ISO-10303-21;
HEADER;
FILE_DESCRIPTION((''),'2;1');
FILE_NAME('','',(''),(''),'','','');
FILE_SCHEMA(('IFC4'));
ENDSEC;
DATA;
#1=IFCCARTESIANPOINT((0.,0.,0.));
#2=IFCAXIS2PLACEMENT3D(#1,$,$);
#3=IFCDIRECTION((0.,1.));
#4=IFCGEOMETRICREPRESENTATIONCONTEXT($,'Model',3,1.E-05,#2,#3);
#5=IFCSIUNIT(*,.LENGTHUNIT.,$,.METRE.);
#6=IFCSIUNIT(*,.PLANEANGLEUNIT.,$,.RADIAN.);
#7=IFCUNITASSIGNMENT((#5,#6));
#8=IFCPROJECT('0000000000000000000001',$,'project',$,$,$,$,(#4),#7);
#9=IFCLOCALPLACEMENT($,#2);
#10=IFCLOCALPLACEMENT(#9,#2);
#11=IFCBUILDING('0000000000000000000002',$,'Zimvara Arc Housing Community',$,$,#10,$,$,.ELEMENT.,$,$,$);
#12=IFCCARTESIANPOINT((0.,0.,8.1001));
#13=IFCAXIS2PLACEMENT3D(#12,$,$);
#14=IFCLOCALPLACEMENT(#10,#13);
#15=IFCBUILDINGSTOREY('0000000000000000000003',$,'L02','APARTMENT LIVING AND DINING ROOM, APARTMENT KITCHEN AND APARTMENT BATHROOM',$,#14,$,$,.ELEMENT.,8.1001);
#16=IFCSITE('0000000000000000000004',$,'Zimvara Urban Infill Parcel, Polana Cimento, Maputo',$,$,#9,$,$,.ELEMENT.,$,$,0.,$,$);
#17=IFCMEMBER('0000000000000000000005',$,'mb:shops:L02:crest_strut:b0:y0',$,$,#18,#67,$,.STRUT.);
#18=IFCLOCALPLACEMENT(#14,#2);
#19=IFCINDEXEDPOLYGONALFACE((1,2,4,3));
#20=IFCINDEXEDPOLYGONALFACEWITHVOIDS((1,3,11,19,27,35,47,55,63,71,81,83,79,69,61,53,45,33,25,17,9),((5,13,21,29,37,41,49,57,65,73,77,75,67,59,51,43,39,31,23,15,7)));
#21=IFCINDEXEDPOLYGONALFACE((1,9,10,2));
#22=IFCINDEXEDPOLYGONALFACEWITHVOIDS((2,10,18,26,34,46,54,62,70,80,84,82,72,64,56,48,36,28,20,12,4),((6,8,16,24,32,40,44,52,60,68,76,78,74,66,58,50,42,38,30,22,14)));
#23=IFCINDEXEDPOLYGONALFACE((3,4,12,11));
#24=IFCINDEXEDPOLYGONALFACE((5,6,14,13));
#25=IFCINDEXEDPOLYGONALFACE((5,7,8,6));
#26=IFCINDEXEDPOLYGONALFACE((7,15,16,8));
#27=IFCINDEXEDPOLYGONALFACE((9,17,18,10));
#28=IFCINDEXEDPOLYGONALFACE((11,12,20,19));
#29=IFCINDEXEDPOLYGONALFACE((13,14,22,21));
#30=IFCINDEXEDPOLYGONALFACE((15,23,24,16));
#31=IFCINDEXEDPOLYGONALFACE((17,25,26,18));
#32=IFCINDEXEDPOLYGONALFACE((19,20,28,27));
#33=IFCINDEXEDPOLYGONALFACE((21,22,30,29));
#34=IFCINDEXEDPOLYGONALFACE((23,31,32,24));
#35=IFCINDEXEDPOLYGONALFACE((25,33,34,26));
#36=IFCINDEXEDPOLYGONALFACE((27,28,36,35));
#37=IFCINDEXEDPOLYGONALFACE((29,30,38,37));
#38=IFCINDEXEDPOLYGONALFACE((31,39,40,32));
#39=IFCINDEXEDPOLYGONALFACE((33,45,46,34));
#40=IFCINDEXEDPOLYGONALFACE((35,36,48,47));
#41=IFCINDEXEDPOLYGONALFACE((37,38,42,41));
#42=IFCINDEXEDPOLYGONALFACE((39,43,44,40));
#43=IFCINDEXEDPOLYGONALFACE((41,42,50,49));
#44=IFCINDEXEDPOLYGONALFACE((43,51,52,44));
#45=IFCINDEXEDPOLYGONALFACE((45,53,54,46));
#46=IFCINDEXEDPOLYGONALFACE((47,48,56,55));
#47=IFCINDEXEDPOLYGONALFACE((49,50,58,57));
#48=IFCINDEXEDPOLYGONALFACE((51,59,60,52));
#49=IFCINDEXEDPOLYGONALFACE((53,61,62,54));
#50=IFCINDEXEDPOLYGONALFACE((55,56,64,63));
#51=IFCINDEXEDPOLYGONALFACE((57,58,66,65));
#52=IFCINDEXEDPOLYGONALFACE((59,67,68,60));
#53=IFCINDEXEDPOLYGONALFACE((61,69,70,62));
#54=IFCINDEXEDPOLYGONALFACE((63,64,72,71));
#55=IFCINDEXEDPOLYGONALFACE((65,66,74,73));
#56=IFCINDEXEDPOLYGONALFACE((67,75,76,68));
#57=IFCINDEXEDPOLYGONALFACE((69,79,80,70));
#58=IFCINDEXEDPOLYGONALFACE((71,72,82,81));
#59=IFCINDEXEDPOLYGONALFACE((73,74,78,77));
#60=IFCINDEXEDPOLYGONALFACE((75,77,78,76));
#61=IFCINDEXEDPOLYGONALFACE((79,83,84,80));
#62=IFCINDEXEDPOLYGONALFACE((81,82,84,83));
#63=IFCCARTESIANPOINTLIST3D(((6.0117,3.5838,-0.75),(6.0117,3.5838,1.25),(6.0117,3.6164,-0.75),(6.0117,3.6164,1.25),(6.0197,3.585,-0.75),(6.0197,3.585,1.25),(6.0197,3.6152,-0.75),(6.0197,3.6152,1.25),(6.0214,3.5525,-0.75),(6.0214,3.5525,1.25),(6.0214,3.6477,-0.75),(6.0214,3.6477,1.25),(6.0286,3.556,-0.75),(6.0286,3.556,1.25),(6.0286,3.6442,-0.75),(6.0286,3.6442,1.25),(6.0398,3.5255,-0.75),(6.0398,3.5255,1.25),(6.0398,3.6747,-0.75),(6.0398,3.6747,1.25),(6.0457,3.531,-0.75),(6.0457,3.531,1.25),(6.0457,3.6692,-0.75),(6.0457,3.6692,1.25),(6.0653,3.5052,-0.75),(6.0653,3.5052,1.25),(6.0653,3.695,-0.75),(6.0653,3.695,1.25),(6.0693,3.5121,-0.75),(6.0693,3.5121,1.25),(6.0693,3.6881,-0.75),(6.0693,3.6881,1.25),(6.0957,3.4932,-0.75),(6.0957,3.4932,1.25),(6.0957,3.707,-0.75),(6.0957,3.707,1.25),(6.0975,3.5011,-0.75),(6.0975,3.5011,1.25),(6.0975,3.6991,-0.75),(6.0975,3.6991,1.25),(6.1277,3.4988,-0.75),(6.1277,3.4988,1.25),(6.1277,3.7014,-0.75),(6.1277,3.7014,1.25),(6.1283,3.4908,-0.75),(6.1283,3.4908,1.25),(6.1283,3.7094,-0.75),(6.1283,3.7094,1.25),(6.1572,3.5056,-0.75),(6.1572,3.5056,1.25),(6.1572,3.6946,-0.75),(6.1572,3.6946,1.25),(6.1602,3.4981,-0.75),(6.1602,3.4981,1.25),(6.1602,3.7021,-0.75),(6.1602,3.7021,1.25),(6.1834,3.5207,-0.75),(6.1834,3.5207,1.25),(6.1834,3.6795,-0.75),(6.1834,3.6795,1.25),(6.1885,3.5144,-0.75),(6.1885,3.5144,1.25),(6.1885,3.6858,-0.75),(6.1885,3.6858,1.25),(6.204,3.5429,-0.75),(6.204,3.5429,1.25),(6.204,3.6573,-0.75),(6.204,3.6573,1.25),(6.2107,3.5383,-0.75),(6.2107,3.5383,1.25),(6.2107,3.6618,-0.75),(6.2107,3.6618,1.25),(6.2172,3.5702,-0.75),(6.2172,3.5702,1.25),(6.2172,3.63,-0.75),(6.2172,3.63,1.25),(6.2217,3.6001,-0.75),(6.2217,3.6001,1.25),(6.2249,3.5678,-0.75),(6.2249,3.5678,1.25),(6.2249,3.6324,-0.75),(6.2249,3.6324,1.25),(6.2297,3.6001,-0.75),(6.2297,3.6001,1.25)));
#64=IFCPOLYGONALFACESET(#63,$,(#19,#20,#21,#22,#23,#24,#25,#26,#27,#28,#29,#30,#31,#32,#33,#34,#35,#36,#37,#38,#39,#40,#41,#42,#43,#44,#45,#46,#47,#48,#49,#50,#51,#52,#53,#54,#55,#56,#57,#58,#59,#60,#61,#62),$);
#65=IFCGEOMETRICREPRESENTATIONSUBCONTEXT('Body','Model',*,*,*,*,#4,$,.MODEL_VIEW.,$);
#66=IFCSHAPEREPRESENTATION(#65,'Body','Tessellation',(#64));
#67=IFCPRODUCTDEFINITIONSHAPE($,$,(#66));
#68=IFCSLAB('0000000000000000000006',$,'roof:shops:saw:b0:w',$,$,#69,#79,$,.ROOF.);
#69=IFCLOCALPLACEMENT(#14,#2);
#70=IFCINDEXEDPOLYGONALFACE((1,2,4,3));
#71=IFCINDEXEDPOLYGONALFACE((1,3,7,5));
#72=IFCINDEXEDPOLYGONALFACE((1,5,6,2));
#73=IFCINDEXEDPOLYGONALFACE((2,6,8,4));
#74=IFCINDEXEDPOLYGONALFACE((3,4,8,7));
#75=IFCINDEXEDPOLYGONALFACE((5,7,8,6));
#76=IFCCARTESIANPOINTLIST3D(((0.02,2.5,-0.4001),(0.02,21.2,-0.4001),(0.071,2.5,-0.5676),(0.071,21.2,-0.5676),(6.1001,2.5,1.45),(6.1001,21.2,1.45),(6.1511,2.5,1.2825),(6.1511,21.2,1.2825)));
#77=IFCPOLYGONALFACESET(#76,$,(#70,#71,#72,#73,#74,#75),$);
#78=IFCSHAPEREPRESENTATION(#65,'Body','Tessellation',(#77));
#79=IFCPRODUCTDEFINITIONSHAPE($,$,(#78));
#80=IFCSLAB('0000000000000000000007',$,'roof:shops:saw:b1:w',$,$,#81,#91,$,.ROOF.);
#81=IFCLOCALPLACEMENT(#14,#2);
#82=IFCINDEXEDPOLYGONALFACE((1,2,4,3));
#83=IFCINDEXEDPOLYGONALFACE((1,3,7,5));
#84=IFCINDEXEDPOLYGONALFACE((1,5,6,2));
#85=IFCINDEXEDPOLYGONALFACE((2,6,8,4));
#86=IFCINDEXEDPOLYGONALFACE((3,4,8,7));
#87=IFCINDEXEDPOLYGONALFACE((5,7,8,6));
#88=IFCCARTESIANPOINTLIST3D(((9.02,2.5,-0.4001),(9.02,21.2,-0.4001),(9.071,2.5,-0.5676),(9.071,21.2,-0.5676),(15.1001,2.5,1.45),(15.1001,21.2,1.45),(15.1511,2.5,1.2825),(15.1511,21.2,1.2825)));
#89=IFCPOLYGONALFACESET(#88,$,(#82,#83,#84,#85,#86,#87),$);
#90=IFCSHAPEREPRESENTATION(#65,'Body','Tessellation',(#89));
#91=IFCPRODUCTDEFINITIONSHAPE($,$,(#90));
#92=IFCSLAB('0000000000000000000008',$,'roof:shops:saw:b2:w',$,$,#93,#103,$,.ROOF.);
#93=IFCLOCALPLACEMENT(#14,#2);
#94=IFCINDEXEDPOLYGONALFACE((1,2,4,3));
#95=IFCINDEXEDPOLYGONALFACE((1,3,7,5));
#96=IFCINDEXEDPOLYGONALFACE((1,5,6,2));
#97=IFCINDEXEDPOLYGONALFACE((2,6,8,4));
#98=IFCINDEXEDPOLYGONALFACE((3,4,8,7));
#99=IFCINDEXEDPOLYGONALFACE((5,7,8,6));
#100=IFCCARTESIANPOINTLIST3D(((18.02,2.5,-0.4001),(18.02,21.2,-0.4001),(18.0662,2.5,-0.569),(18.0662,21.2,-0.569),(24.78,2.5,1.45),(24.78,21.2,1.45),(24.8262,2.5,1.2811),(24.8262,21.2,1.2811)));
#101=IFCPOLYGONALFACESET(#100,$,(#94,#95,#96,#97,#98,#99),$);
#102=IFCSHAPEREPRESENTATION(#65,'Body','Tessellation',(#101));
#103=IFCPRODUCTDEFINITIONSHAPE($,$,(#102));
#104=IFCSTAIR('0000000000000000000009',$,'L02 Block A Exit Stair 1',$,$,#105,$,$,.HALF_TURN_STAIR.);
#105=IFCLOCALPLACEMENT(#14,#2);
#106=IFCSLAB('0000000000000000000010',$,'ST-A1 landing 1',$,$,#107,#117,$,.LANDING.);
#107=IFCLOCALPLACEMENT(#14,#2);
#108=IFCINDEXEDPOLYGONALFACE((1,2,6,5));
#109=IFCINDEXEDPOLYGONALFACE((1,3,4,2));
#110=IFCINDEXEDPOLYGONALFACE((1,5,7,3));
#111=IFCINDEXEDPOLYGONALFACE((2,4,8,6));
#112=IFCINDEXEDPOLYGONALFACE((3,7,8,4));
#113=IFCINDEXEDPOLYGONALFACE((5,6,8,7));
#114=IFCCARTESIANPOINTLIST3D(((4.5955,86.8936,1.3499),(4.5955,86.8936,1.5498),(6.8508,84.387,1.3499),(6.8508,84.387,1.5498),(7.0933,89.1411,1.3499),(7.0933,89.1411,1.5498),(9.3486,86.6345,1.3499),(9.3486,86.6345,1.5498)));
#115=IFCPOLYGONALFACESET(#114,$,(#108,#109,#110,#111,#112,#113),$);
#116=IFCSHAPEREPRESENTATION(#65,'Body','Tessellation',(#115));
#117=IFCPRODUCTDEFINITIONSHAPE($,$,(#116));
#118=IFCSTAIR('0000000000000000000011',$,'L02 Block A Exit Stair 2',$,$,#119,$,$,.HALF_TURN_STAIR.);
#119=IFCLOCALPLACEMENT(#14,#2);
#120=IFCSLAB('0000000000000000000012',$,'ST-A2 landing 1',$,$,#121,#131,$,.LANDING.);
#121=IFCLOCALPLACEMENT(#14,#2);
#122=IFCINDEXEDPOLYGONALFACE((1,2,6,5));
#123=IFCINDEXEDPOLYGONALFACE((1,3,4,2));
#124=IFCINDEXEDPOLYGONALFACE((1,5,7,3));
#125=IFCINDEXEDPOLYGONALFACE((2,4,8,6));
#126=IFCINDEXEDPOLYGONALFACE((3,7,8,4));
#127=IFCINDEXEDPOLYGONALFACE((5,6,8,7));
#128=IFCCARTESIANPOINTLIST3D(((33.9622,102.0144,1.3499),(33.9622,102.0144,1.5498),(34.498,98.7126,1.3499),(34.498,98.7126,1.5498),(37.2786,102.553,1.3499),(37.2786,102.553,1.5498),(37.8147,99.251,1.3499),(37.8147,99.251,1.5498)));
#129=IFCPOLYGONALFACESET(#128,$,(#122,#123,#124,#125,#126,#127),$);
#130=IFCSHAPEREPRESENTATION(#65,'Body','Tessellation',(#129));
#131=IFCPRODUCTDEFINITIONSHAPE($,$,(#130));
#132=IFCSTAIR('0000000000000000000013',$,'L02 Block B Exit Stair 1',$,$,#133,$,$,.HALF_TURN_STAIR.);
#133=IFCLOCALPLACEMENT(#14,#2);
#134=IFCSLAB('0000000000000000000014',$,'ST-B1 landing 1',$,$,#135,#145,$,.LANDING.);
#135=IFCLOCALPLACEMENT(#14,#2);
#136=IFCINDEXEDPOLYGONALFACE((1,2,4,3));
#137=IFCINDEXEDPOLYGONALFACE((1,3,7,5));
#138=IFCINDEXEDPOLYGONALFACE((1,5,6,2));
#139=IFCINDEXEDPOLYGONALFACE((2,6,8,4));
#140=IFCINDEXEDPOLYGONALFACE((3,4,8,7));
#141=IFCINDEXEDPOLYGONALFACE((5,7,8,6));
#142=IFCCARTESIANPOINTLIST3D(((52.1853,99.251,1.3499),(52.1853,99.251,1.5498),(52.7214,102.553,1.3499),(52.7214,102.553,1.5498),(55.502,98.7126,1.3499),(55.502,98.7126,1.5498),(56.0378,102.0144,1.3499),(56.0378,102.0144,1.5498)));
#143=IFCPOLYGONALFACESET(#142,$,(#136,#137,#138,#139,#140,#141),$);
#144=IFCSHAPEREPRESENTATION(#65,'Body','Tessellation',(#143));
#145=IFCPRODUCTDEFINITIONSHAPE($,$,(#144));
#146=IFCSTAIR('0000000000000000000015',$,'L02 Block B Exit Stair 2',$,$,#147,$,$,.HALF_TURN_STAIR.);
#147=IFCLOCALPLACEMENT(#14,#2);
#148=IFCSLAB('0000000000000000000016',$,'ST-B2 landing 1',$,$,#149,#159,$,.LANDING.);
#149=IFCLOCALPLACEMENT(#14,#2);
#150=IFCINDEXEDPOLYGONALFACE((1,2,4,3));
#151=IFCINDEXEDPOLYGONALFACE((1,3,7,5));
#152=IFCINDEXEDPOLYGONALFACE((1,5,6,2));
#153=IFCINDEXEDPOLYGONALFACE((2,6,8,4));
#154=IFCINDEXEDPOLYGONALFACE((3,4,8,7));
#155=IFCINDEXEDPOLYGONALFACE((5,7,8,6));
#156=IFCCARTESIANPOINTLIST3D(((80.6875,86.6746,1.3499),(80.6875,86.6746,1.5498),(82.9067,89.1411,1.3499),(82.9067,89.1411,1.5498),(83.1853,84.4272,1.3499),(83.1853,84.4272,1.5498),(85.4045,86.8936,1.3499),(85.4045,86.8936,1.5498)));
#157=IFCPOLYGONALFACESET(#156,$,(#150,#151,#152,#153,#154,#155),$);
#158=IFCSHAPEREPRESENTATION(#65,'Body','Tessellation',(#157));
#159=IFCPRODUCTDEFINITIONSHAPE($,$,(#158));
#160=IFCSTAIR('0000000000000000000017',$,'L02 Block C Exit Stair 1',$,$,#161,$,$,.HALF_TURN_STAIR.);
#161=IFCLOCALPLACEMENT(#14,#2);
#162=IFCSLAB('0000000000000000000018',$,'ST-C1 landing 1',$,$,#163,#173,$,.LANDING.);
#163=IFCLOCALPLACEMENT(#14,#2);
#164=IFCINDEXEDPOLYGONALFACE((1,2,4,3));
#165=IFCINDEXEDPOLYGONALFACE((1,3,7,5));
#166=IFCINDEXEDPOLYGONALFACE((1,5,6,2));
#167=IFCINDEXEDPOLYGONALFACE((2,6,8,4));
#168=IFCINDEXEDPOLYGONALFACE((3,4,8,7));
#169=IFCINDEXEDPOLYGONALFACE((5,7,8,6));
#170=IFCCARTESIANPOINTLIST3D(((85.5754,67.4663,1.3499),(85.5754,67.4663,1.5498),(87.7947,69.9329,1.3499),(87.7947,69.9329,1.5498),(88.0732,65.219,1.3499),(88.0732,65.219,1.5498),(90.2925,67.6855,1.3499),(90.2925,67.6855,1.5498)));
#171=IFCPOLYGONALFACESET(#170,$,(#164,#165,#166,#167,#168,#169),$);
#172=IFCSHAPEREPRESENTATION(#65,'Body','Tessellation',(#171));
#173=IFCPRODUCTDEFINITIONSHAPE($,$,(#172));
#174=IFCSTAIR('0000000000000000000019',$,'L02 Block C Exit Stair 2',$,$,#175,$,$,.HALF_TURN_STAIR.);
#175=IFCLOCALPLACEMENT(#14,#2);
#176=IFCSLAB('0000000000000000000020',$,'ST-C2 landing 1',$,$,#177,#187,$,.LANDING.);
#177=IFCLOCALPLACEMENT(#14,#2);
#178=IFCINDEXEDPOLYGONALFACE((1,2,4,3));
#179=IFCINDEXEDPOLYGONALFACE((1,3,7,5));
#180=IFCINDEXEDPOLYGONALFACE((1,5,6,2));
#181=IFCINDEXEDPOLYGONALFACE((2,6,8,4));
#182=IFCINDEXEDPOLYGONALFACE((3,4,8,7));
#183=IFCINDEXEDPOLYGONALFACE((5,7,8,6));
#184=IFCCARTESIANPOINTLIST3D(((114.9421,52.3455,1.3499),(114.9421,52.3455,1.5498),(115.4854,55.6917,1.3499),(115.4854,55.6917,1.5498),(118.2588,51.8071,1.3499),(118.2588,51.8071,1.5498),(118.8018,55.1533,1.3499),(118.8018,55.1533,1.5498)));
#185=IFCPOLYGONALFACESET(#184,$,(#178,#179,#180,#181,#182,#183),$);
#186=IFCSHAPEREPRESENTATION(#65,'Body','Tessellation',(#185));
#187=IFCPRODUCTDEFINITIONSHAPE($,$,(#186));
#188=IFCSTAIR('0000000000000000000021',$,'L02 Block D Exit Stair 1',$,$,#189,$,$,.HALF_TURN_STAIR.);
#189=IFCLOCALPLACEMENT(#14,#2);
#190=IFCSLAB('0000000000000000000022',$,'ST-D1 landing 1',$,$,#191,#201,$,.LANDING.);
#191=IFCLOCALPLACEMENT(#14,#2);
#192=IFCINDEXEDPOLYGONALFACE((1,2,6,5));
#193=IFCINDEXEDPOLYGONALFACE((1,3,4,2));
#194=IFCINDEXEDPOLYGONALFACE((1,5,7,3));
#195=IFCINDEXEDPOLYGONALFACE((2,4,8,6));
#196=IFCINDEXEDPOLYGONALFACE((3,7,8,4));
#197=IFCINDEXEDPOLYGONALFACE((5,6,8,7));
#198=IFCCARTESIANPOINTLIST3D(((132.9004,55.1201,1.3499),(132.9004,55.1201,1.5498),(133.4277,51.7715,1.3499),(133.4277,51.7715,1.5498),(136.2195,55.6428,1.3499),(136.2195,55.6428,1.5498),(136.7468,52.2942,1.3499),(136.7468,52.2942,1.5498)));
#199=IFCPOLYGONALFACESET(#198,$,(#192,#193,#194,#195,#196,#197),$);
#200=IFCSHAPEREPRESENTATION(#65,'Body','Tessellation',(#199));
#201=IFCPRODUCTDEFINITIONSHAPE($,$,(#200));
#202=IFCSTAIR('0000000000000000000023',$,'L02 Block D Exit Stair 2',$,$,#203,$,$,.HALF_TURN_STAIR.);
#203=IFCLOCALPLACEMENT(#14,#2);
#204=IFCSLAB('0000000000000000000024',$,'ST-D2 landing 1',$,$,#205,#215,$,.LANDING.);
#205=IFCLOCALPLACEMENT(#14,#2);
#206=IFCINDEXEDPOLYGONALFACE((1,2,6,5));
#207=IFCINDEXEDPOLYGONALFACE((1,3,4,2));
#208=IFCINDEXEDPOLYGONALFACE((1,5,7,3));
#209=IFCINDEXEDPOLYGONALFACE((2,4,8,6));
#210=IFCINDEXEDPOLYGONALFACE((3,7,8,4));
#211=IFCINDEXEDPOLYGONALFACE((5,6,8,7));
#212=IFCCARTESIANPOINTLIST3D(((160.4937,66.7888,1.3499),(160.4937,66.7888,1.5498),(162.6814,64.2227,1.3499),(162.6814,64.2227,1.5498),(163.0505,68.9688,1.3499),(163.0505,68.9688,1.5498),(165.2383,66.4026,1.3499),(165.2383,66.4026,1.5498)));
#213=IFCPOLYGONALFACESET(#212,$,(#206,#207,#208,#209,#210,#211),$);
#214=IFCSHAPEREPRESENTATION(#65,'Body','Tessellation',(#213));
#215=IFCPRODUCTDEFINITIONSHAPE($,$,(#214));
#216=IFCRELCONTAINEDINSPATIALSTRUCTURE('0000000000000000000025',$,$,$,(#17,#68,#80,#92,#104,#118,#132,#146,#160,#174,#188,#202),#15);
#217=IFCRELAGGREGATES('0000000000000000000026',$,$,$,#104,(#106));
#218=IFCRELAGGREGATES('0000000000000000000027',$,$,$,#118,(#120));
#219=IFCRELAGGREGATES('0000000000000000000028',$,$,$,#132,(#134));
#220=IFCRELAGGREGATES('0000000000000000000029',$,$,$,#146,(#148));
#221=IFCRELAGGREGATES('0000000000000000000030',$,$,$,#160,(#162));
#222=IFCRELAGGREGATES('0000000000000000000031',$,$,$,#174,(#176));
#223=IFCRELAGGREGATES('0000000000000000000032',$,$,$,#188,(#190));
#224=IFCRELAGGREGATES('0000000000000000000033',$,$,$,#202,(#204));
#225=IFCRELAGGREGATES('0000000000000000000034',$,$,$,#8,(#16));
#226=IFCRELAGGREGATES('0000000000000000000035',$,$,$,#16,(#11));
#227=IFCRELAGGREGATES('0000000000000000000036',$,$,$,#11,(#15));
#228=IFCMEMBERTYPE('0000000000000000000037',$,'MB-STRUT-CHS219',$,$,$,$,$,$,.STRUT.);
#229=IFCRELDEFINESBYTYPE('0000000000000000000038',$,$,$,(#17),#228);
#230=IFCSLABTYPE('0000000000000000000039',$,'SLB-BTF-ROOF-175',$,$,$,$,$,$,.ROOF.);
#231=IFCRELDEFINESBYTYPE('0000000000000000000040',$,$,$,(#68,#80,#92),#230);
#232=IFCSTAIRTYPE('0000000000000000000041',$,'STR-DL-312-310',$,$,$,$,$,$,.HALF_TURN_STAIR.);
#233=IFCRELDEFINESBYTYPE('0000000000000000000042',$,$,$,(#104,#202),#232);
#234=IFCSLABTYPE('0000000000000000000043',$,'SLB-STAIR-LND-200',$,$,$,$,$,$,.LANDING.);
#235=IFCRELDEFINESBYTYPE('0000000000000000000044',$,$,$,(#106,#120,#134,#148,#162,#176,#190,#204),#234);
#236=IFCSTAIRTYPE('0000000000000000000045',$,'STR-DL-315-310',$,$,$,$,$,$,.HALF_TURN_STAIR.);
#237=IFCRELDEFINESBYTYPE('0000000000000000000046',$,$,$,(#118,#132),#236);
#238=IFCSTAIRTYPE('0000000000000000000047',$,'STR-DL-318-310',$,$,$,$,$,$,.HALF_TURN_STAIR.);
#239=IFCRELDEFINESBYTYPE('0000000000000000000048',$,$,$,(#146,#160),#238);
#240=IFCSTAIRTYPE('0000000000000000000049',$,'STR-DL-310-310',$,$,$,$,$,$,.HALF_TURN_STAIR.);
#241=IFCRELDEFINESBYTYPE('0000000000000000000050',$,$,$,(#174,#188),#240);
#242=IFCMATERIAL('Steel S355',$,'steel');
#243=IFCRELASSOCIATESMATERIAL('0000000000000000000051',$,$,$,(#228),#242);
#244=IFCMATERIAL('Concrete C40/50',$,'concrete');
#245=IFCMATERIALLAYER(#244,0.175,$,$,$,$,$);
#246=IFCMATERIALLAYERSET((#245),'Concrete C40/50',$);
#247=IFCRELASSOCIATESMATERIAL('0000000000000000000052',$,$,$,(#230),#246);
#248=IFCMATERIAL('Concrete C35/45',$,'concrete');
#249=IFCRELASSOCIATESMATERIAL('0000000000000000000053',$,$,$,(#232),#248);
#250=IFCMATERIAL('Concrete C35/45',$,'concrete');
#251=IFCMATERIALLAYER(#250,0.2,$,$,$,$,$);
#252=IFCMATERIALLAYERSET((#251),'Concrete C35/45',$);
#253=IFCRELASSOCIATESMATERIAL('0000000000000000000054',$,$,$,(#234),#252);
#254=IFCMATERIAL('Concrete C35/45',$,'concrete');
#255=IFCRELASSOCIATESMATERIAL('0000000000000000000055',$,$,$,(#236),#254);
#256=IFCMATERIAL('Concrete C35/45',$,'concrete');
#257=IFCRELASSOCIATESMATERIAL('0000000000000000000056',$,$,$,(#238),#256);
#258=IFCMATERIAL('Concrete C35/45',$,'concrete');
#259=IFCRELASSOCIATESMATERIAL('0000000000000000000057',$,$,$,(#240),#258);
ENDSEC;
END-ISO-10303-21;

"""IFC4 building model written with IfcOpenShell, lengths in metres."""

from ifc_helpers import new_model, si_unit, direction, frame, origin, origin_2d, place, context, subcontext, project, spatial, polyline, hollow_circle, outline, extrude, material, layer, layer_set, material_profile, profile_set, type_object, element, aggregate, save


model = new_model("IFC4")

# Units and contexts
model_context = context("Model", 3, precision=1e-05, world=origin(), true_north=direction((0.0, 1.0)))
body_context = subcontext(model_context, "Body", "Model", "MODEL_VIEW")
ifc_project = project(units=[si_unit("LENGTHUNIT", "METRE"), si_unit("PLANEANGLEUNIT", "RADIAN")], contexts=[model_context])

# Site, building, storey
site_placement = place(None, origin())
site = spatial("IfcSite", under=ifc_project, at=site_placement, Name="Zimvara Urban Infill Parcel, Polana Cimento, Maputo", CompositionType="ELEMENT", RefElevation=0.0)
building_placement = place(site_placement, origin())
building = spatial("IfcBuilding", under=site, at=building_placement, Name="Zimvara Arc Housing Community", CompositionType="ELEMENT")
storey_placement = place(building_placement, frame((0.0, 0.0, 8.1001)))
storey = spatial("IfcBuildingStorey", under=building, at=storey_placement, Name="L02", Description="APARTMENT LIVING AND DINING ROOM, APARTMENT KITCHEN AND APARTMENT BATHROOM", CompositionType="ELEMENT", Elevation=8.1001)

# Member
ifc_material_1 = material(Name="Steel S355", Category="steel")
ifc_material_profile_1 = material_profile(ifc_material_1, hollow_circle(Radius=0.1096, WallThickness=0.0081, at=origin_2d()), Name="CHS 219.1x8.0")
ifc_profile_set_1 = profile_set([ifc_material_profile_1], Name="Steel S355")
member_type = type_object("IfcMemberType", Name="MB-STRUT-CHS219", PredefinedType="STRUT", material=ifc_profile_set_1)
member_placement = place(storey_placement, frame((6.1201, 3.6001, -0.75), z_axis=(0.0, 0.0, 1.0), x_axis=(1.0, 0.0, 0.0)))
element("IfcMember", 1, at=member_placement, inside=storey, type_object=member_type, Name="mb:shops:L02:crest_strut:b0:y0", PredefinedType="STRUT", context=body_context, shape_type="SweptSolid", body=[
    extrude(hollow_circle(Radius=0.1096, WallThickness=0.0081, at=origin_2d()), origin(), (0.0, 0.0, 1.0), 2.0),
])

# Slabs
ifc_material_2 = material(Name="Concrete C40/50", Category="concrete")
ifc_layer_1 = layer(ifc_material_2, 0.175)
ifc_layer_set_1 = layer_set([ifc_layer_1], Name="Concrete C40/50")
slab_type_1 = type_object("IfcSlabType", Name="SLB-BTF-ROOF-175", PredefinedType="ROOF", material=ifc_layer_set_1)
for number, where, z_axis, x_axis, name in (
    (2, (0.02, 2.5, -0.4001), (-0.29111, 0.0, 0.95669), (0.95669, 0.0, 0.29111), "roof:shops:saw:b0:w"),
    (3, (9.02, 2.5, -0.4001), (-0.29111, 0.0, 0.95669), (0.95669, 0.0, 0.29111), "roof:shops:saw:b1:w"),
):
    element("IfcSlab", number, at=place(storey_placement, frame(where, z_axis=z_axis, x_axis=x_axis)), inside=storey, type_object=slab_type_1, Name=name, PredefinedType="ROOF", context=body_context, shape_type="SweptSolid", body=[
        extrude(outline(polyline([(0.0, 0.0), (6.3553, 0.0), (6.3553, 18.7), (0.0, 18.7), (0.0, 0.0)])), origin(), (0.0, 0.0, -1.0), 0.175),
    ])
slab_1_placement = place(storey_placement, frame((18.02, 2.5, -0.4001), z_axis=(-0.263975, 0.0, 0.96453), x_axis=(0.96453, 0.0, 0.263975)))
element("IfcSlab", 4, at=slab_1_placement, inside=storey, type_object=slab_type_1, Name="roof:shops:saw:b2:w", PredefinedType="ROOF", context=body_context, shape_type="SweptSolid", body=[
    extrude(outline(polyline([(0.0, 0.0), (7.0086, 0.0), (7.0086, 18.7), (0.0, 18.7), (0.0, 0.0)])), origin(), (0.0, 0.0, -1.0), 0.175),
])

# Stairs, slabs
ifc_material_3 = material(Name="Concrete C35/45", Category="concrete")
stair_type_1 = type_object("IfcStairType", Name="STR-DL-312-310", PredefinedType="HALF_TURN_STAIR", material=ifc_material_3)
stair_1_placement = place(storey_placement, origin())
stair_1 = element("IfcStair", 5, at=stair_1_placement, inside=storey, type_object=stair_type_1, Name="L02 Block A Exit Stair 1", PredefinedType="HALF_TURN_STAIR")
ifc_material_4 = material(Name="Concrete C35/45", Category="concrete")
ifc_layer_2 = layer(ifc_material_4, 0.2)
ifc_layer_set_2 = layer_set([ifc_layer_2], Name="Concrete C35/45")
slab_type_2 = type_object("IfcSlabType", Name="SLB-STAIR-LND-200", PredefinedType="LANDING", material=ifc_layer_set_2)
slab_2_placement = place(storey_placement, frame((0.0, 0.0, 1.3499)))
slab_2 = element("IfcSlab", 6, at=slab_2_placement, type_object=slab_type_2, Name="ST-A1 landing 1", PredefinedType="LANDING", context=body_context, shape_type="SweptSolid", body=[
    extrude(outline(polyline([(9.3486, 86.6345), (7.0933, 89.1411), (4.5955, 86.8936), (6.8508, 84.387), (9.3486, 86.6345)])), origin(), (0.0, 0.0, 1.0), 0.2),
])
aggregate(stair_1, [slab_2])
ifc_material_5 = material(Name="Concrete C35/45", Category="concrete")
stair_type_2 = type_object("IfcStairType", Name="STR-DL-315-310", PredefinedType="HALF_TURN_STAIR", material=ifc_material_5)
stair_2_placement = place(storey_placement, origin())
stair_2 = element("IfcStair", 7, at=stair_2_placement, inside=storey, type_object=stair_type_2, Name="L02 Block A Exit Stair 2", PredefinedType="HALF_TURN_STAIR")
slab_3_placement = place(storey_placement, frame((0.0, 0.0, 1.3499)))
slab_3 = element("IfcSlab", 8, at=slab_3_placement, type_object=slab_type_2, Name="ST-A2 landing 1", PredefinedType="LANDING", context=body_context, shape_type="SweptSolid", body=[
    extrude(outline(polyline([(37.8147, 99.251), (37.2786, 102.553), (33.9622, 102.0144), (34.498, 98.7126), (37.8147, 99.251)])), origin(), (0.0, 0.0, 1.0), 0.2),
])
aggregate(stair_2, [slab_3])
stair_3_placement = place(storey_placement, origin())
stair_3 = element("IfcStair", 9, at=stair_3_placement, inside=storey, type_object=stair_type_2, Name="L02 Block B Exit Stair 1", PredefinedType="HALF_TURN_STAIR")
slab_4_placement = place(storey_placement, frame((0.0, 0.0, 1.3499)))
slab_4 = element("IfcSlab", 10, at=slab_4_placement, type_object=slab_type_2, Name="ST-B1 landing 1", PredefinedType="LANDING", context=body_context, shape_type="SweptSolid", body=[
    extrude(outline(polyline([(55.502, 98.7126), (56.0378, 102.0144), (52.7214, 102.553), (52.1853, 99.251), (55.502, 98.7126)])), origin(), (0.0, 0.0, 1.0), 0.2),
])
aggregate(stair_3, [slab_4])
ifc_material_6 = material(Name="Concrete C35/45", Category="concrete")
stair_type_3 = type_object("IfcStairType", Name="STR-DL-318-310", PredefinedType="HALF_TURN_STAIR", material=ifc_material_6)
stair_4_placement = place(storey_placement, origin())
stair_4 = element("IfcStair", 11, at=stair_4_placement, inside=storey, type_object=stair_type_3, Name="L02 Block B Exit Stair 2", PredefinedType="HALF_TURN_STAIR")
slab_5_placement = place(storey_placement, frame((0.0, 0.0, 1.3499)))
slab_5 = element("IfcSlab", 12, at=slab_5_placement, type_object=slab_type_2, Name="ST-B2 landing 1", PredefinedType="LANDING", context=body_context, shape_type="SweptSolid", body=[
    extrude(outline(polyline([(83.1853, 84.4272), (85.4045, 86.8936), (82.9067, 89.1411), (80.6875, 86.6746), (83.1853, 84.4272)])), origin(), (0.0, 0.0, 1.0), 0.2),
])
aggregate(stair_4, [slab_5])
stair_5_placement = place(storey_placement, origin())
stair_5 = element("IfcStair", 13, at=stair_5_placement, inside=storey, type_object=stair_type_3, Name="L02 Block C Exit Stair 1", PredefinedType="HALF_TURN_STAIR")
slab_6_placement = place(storey_placement, frame((0.0, 0.0, 1.3499)))
slab_6 = element("IfcSlab", 14, at=slab_6_placement, type_object=slab_type_2, Name="ST-C1 landing 1", PredefinedType="LANDING", context=body_context, shape_type="SweptSolid", body=[
    extrude(outline(polyline([(87.7947, 69.9329), (85.5754, 67.4663), (88.0732, 65.219), (90.2925, 67.6855), (87.7947, 69.9329)])), origin(), (0.0, 0.0, 1.0), 0.2),
])
aggregate(stair_5, [slab_6])
ifc_material_7 = material(Name="Concrete C35/45", Category="concrete")
stair_type_4 = type_object("IfcStairType", Name="STR-DL-310-310", PredefinedType="HALF_TURN_STAIR", material=ifc_material_7)
stair_6_placement = place(storey_placement, origin())
stair_6 = element("IfcStair", 15, at=stair_6_placement, inside=storey, type_object=stair_type_4, Name="L02 Block C Exit Stair 2", PredefinedType="HALF_TURN_STAIR")
slab_7_placement = place(storey_placement, frame((0.0, 0.0, 1.3499)))
slab_7 = element("IfcSlab", 16, at=slab_7_placement, type_object=slab_type_2, Name="ST-C2 landing 1", PredefinedType="LANDING", context=body_context, shape_type="SweptSolid", body=[
    extrude(outline(polyline([(115.4854, 55.6917), (114.9421, 52.3455), (118.2588, 51.8071), (118.8018, 55.1533), (115.4854, 55.6917)])), origin(), (0.0, 0.0, 1.0), 0.2),
])
aggregate(stair_6, [slab_7])
stair_7_placement = place(storey_placement, origin())
stair_7 = element("IfcStair", 17, at=stair_7_placement, inside=storey, type_object=stair_type_4, Name="L02 Block D Exit Stair 1", PredefinedType="HALF_TURN_STAIR")
slab_8_placement = place(storey_placement, frame((0.0, 0.0, 1.3499)))
slab_8 = element("IfcSlab", 18, at=slab_8_placement, type_object=slab_type_2, Name="ST-D1 landing 1", PredefinedType="LANDING", context=body_context, shape_type="SweptSolid", body=[
    extrude(outline(polyline([(132.9004, 55.1201), (133.4277, 51.7715), (136.7468, 52.2942), (136.2195, 55.6428), (132.9004, 55.1201)])), origin(), (0.0, 0.0, 1.0), 0.2),
])
aggregate(stair_7, [slab_8])
stair_8_placement = place(storey_placement, origin())
stair_8 = element("IfcStair", 19, at=stair_8_placement, inside=storey, type_object=stair_type_1, Name="L02 Block D Exit Stair 2", PredefinedType="HALF_TURN_STAIR")
slab_9_placement = place(storey_placement, frame((0.0, 0.0, 1.3499)))
slab_9 = element("IfcSlab", 20, at=slab_9_placement, type_object=slab_type_2, Name="ST-D2 landing 1", PredefinedType="LANDING", context=body_context, shape_type="SweptSolid", body=[
    extrude(outline(polyline([(160.4937, 66.7888), (162.6814, 64.2227), (165.2383, 66.4026), (163.0505, 68.9688), (160.4937, 66.7888)])), origin(), (0.0, 0.0, 1.0), 0.2),
])
aggregate(stair_8, [slab_9])

save(model, "model.ifc")
